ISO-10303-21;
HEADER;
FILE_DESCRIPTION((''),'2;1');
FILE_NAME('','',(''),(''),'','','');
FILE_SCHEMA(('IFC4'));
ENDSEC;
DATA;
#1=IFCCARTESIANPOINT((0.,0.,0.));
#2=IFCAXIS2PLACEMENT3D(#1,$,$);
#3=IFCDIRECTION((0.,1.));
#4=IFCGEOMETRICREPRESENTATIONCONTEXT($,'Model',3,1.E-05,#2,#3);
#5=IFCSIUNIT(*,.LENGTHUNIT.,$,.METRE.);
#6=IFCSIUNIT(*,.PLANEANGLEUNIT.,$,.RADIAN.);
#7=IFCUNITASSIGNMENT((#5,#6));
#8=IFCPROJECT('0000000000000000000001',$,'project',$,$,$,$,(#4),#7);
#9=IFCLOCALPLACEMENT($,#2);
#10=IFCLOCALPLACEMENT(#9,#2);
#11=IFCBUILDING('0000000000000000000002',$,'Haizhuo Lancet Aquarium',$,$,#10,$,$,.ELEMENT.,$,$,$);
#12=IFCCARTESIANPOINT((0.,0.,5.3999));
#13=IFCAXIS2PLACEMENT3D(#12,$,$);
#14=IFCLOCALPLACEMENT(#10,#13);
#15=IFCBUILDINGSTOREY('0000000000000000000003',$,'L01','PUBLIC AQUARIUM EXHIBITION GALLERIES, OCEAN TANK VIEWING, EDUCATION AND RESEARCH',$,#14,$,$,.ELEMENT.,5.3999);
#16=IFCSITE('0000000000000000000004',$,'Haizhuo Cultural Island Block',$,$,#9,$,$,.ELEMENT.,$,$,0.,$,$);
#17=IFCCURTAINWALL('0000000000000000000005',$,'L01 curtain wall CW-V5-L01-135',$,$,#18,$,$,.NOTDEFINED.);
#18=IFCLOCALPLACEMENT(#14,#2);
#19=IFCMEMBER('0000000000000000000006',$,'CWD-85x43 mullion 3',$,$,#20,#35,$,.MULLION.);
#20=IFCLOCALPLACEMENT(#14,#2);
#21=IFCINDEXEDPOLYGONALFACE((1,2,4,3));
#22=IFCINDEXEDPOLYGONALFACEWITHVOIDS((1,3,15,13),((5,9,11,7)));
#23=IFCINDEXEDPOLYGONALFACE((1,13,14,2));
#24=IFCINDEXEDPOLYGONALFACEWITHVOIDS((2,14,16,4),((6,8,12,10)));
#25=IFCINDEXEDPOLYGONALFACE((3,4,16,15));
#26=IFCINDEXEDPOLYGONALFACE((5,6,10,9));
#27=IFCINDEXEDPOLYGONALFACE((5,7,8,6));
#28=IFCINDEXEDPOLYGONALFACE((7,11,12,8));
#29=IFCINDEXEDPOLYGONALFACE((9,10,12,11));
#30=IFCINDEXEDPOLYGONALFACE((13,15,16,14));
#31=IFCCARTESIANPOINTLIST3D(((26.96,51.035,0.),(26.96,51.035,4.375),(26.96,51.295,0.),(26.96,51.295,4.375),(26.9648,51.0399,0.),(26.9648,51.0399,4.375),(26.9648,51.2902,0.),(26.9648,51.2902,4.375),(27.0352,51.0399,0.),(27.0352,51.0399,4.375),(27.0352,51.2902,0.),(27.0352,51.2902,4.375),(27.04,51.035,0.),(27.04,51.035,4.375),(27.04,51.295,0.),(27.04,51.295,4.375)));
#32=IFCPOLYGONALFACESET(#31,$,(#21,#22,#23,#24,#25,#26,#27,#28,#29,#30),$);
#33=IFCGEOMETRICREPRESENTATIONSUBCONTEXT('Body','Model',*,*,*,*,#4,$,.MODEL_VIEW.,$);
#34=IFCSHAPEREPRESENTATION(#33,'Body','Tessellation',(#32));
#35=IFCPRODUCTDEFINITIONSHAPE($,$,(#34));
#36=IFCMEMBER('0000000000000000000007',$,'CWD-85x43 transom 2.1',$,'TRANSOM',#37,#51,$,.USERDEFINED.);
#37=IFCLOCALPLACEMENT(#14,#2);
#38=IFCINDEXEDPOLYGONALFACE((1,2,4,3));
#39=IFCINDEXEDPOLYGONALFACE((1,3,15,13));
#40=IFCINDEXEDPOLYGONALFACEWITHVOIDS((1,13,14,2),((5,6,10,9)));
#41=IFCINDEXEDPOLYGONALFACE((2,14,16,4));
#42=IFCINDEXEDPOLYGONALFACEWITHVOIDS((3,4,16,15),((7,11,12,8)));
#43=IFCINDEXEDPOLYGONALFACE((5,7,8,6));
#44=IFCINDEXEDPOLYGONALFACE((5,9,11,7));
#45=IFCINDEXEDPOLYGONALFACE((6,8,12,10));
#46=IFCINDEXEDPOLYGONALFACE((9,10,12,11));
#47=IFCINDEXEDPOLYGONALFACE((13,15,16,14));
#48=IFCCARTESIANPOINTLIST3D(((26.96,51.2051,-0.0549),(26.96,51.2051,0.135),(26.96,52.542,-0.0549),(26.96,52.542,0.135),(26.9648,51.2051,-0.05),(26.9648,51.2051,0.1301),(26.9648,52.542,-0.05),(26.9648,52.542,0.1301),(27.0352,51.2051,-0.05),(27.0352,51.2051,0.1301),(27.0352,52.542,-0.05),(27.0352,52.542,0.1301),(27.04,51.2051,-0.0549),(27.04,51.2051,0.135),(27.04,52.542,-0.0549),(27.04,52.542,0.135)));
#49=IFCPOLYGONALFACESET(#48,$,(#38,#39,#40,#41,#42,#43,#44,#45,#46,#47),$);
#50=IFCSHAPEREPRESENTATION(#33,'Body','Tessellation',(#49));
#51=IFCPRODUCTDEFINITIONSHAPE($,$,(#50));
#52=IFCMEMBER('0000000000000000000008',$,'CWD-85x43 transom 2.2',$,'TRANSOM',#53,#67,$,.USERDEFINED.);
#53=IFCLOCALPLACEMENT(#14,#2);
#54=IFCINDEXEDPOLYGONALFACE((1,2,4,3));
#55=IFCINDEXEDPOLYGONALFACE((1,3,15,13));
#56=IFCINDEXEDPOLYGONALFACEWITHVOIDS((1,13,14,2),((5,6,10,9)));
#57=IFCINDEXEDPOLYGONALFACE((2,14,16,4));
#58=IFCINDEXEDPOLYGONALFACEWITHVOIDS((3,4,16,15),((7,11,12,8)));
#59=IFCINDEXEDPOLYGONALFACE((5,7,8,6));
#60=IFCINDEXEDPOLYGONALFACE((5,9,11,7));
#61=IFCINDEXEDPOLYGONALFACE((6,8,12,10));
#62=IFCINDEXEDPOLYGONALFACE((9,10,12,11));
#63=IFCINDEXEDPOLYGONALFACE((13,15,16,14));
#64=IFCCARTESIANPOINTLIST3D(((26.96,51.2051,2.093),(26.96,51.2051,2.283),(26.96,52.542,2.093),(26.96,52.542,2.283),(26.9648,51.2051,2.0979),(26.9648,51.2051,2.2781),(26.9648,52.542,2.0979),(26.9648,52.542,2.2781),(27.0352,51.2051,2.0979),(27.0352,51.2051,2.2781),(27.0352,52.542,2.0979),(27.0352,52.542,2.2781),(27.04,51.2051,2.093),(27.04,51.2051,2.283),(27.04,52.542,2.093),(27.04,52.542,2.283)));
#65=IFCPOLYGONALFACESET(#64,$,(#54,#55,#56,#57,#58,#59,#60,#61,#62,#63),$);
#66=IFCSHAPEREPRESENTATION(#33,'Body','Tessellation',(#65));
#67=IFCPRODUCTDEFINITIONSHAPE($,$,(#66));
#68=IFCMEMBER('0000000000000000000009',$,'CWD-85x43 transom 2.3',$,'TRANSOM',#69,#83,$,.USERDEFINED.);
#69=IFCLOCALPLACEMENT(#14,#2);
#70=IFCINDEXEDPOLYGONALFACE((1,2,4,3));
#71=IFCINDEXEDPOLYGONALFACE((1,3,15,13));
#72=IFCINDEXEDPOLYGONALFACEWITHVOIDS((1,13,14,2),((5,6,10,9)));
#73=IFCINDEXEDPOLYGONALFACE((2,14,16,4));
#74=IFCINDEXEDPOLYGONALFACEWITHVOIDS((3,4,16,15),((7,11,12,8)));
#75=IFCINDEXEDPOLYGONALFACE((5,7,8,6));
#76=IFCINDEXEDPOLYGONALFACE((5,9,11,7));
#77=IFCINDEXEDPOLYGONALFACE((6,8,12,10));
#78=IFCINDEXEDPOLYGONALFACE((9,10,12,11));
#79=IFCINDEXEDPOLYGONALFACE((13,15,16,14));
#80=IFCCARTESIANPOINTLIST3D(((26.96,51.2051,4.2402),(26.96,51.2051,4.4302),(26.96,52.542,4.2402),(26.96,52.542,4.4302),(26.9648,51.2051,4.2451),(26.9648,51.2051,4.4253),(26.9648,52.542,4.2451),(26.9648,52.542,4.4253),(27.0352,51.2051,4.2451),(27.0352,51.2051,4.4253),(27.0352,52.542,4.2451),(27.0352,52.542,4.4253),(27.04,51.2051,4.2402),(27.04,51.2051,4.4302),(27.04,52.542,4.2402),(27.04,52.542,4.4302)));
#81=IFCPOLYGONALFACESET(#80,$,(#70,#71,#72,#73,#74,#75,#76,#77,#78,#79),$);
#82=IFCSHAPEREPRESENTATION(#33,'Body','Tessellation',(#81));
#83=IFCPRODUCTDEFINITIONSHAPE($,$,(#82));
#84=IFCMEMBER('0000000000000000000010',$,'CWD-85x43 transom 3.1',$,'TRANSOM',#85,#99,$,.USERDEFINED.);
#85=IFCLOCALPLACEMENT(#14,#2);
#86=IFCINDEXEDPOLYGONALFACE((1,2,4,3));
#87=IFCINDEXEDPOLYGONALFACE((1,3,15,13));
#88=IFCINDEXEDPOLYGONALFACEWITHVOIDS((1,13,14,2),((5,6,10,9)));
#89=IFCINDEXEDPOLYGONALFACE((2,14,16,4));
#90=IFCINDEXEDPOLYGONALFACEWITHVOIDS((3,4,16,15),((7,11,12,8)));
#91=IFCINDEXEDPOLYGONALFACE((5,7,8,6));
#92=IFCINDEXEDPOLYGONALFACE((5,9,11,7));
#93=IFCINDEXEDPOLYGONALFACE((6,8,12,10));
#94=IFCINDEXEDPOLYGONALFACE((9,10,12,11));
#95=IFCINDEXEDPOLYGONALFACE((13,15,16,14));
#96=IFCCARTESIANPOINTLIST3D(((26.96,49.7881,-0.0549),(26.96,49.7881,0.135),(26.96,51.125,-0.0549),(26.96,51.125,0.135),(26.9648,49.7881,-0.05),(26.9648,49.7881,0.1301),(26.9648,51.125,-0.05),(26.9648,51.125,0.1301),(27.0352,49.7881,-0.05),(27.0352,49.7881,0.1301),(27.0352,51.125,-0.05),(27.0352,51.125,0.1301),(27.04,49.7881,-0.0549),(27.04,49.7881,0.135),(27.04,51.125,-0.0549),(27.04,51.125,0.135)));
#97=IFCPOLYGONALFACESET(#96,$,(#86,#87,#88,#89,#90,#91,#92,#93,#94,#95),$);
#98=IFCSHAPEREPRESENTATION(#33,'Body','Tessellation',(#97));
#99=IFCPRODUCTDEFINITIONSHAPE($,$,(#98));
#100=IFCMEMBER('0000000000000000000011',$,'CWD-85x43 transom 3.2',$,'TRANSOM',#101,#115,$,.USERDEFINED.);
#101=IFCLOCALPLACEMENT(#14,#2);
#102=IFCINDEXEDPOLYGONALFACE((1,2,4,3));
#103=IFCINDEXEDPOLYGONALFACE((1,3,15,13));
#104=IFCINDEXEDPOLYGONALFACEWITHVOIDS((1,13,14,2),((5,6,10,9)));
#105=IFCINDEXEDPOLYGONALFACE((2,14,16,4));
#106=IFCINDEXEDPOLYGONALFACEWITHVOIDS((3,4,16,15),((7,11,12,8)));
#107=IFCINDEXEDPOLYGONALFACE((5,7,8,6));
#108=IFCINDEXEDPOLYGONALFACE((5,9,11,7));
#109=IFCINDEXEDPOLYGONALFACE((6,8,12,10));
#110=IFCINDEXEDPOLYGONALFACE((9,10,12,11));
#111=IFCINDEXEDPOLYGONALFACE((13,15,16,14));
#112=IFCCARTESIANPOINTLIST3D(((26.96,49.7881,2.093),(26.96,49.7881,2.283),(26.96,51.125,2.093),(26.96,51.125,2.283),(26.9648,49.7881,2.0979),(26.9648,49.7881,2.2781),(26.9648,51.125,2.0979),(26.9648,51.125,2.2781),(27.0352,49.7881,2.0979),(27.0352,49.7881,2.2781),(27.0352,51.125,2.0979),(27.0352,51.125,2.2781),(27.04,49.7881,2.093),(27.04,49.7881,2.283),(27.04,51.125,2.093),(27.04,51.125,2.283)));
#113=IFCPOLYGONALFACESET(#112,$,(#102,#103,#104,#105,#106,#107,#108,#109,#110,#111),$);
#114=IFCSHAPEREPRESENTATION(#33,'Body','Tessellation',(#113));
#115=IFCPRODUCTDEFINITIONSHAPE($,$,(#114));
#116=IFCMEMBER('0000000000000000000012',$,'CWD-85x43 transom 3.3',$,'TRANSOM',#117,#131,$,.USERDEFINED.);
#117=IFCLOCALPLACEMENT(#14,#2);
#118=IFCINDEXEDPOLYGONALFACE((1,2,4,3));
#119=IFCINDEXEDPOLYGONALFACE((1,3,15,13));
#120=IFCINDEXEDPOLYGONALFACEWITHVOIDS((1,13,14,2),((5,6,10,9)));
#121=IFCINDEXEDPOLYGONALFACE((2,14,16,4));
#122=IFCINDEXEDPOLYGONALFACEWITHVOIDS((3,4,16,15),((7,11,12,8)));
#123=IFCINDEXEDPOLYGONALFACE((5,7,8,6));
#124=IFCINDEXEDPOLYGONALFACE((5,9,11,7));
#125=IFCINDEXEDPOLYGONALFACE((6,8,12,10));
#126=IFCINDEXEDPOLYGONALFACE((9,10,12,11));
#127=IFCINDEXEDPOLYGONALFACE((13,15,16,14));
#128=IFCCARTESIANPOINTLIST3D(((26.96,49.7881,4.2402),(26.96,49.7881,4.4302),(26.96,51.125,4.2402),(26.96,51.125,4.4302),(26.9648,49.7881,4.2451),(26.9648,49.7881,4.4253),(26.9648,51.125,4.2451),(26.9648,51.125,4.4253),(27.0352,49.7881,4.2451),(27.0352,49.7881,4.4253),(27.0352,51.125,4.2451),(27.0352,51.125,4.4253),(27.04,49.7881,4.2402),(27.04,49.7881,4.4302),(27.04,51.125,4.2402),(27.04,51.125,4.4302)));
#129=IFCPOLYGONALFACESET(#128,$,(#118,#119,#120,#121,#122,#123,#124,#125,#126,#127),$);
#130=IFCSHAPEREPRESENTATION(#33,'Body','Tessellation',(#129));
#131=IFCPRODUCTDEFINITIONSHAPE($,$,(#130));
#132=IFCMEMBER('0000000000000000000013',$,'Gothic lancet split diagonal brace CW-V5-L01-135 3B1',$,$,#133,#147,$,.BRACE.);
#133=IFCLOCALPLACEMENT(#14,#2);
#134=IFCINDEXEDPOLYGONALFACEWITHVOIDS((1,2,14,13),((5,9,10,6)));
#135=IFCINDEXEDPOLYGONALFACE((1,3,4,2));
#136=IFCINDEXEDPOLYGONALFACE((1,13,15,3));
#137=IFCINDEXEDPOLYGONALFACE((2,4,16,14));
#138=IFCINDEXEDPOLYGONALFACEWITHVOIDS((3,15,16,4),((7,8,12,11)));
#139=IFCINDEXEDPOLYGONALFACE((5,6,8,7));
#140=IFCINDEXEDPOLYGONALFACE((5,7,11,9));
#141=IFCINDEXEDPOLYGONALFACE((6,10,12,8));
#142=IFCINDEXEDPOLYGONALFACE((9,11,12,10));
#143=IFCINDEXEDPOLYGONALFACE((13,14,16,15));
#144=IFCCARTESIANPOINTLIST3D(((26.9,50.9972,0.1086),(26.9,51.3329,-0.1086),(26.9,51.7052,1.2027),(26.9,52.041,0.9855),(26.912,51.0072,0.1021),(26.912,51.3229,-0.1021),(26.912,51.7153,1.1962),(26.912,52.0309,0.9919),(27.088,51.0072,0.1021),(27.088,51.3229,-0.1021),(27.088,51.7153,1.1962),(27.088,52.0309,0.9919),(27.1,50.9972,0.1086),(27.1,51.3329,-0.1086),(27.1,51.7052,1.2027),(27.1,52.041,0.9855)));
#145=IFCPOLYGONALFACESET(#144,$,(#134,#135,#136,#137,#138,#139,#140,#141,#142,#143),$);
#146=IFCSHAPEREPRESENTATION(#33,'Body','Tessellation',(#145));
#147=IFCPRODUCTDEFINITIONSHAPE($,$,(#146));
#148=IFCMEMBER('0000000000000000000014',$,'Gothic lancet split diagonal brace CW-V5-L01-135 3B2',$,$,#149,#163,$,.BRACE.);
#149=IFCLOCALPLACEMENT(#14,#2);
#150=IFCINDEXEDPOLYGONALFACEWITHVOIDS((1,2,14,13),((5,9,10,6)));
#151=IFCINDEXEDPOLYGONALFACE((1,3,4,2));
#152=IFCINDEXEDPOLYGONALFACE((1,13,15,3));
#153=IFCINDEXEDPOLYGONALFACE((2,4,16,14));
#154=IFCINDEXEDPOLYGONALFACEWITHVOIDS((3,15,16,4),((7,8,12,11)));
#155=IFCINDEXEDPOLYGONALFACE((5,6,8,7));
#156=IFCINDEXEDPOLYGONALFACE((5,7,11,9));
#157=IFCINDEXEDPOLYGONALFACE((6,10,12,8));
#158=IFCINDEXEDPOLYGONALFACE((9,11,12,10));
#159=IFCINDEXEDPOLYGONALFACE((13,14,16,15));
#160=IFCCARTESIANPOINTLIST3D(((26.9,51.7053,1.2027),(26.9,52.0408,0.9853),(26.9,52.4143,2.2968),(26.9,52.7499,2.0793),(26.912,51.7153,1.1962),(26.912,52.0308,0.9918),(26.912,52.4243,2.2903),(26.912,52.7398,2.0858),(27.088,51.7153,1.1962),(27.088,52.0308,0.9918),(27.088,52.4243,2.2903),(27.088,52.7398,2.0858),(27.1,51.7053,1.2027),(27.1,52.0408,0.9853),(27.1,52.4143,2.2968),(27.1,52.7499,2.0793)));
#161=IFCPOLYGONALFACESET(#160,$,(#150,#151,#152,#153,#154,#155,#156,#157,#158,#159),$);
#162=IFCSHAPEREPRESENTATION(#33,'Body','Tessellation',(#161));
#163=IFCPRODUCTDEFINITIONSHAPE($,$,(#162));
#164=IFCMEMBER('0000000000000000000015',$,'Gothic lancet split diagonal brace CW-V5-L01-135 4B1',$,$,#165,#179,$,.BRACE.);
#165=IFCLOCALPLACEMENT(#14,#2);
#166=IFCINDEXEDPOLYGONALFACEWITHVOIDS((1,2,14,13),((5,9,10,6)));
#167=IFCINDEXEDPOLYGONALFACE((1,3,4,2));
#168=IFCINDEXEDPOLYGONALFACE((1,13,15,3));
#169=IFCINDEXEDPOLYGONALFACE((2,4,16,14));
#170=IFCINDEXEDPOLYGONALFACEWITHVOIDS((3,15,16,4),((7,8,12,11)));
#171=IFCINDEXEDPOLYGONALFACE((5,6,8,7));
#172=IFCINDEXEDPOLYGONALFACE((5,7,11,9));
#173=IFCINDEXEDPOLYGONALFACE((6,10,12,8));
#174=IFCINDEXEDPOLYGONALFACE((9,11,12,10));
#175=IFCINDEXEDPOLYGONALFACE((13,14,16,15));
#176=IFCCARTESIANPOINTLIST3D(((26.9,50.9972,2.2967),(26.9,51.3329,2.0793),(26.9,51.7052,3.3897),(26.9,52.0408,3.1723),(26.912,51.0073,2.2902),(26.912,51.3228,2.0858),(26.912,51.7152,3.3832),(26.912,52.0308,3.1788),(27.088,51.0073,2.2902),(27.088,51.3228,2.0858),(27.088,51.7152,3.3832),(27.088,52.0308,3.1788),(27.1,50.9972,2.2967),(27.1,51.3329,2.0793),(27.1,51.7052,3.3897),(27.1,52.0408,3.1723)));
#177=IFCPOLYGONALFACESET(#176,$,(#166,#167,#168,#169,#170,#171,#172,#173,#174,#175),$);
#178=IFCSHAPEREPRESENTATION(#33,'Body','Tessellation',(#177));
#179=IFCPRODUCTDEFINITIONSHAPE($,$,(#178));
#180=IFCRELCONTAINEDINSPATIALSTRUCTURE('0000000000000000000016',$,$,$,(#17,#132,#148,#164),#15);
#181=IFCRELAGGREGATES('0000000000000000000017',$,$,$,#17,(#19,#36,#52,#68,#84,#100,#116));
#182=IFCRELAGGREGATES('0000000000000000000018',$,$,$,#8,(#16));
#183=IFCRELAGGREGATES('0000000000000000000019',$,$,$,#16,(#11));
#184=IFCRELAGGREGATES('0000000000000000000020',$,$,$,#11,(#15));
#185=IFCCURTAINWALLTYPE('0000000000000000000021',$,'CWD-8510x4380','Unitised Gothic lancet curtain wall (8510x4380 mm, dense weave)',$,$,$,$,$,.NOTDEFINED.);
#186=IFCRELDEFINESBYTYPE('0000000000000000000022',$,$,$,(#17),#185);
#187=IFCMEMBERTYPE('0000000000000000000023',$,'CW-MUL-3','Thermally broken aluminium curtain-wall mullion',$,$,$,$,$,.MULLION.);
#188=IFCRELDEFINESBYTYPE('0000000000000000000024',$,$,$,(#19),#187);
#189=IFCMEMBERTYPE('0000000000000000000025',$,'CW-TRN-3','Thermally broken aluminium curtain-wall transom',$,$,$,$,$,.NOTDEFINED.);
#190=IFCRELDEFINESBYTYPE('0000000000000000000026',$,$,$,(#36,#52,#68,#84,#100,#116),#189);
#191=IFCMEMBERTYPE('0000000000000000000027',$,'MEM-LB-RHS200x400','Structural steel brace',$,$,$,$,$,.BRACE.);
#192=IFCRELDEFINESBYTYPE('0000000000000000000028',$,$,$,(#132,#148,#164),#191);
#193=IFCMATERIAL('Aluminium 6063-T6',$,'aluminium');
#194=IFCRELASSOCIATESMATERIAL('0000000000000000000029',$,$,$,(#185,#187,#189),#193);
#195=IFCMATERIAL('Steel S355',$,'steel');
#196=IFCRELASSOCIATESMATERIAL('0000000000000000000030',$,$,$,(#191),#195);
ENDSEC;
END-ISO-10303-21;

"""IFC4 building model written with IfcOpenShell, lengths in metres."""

from ifc_helpers import new_model, si_unit, direction, frame, origin, origin_2d, place, context, subcontext, project, spatial, hollow_rectangle, extrude, material, material_profile, profile_set, type_object, element, aggregate, save


model = new_model("IFC4")

# Units and contexts
model_context = context("Model", 3, precision=1e-05, world=origin(), true_north=direction((0.0, 1.0)))
body_context = subcontext(model_context, "Body", "Model", "MODEL_VIEW")
ifc_project = project(units=[si_unit("LENGTHUNIT", "METRE"), si_unit("PLANEANGLEUNIT", "RADIAN")], contexts=[model_context])

# Site, building, storey
site_placement = place(None, origin())
site = spatial("IfcSite", under=ifc_project, at=site_placement, Name="Haizhuo Cultural Island Block", CompositionType="ELEMENT", RefElevation=0.0)
building_placement = place(site_placement, origin())
building = spatial("IfcBuilding", under=site, at=building_placement, Name="Haizhuo Lancet Aquarium", CompositionType="ELEMENT")
storey_placement = place(building_placement, frame((0.0, 0.0, 5.3999)))
storey = spatial("IfcBuildingStorey", under=building, at=storey_placement, Name="L01", Description="PUBLIC AQUARIUM EXHIBITION GALLERIES, OCEAN TANK VIEWING, EDUCATION AND RESEARCH", CompositionType="ELEMENT", Elevation=5.3999)

# Curtain wall, members
ifc_material_1 = material(Name="Aluminium 6063-T6", Category="aluminium")
curtain_wall_type = type_object("IfcCurtainWallType", Name="CWD-8510x4380", Description="Unitised Gothic lancet curtain wall (8510x4380 mm, dense weave)", PredefinedType="NOTDEFINED", material=ifc_material_1)
curtain_wall_placement = place(storey_placement, origin())
curtain_wall = element("IfcCurtainWall", 1, at=curtain_wall_placement, inside=storey, type_object=curtain_wall_type, Name="L01 curtain wall CW-V5-L01-135", PredefinedType="NOTDEFINED")
ifc_material_profile_1 = material_profile(ifc_material_1, hollow_rectangle(XDim=0.0801, YDim=0.26, WallThickness=0.0049, at=origin_2d()), Name="ALU-M 80x260x5")
ifc_profile_set_1 = profile_set([ifc_material_profile_1], Name="Aluminium 6063-T6")
member_type_1 = type_object("IfcMemberType", Name="CW-MUL-3", Description="Thermally broken aluminium curtain-wall mullion", PredefinedType="MULLION", material=ifc_profile_set_1)
member_1_placement = place(storey_placement, frame((27.0, 51.165, 0.0), z_axis=(0.0, 0.0, 1.0), x_axis=(1.0, 0.0, 0.0)))
member_1 = element("IfcMember", 2, at=member_1_placement, type_object=member_type_1, Name="CWD-85x43 mullion 3", PredefinedType="MULLION", context=body_context, shape_type="SweptSolid", body=[
    extrude(hollow_rectangle(XDim=0.0801, YDim=0.26, WallThickness=0.0049, at=origin_2d()), origin(), (0.0, 0.0, 1.0), 4.375),
])
ifc_material_profile_2 = material_profile(ifc_material_1, hollow_rectangle(XDim=0.0801, YDim=0.1899, WallThickness=0.0049, at=origin_2d()), Name="ALU-T 80x190x5")
ifc_profile_set_2 = profile_set([ifc_material_profile_2], Name="Aluminium 6063-T6")
member_type_2 = type_object("IfcMemberType", Name="CW-TRN-3", Description="Thermally broken aluminium curtain-wall transom", PredefinedType="NOTDEFINED", material=ifc_profile_set_2)
member_2_placement = place(storey_placement, frame((27.0, 52.542, 0.04), z_axis=(0.0, -1.0, 0.0), x_axis=(1.0, 0.0, 0.0)))
member_2 = element("IfcMember", 3, at=member_2_placement, type_object=member_type_2, Name="CWD-85x43 transom 2.1", ObjectType="TRANSOM", PredefinedType="USERDEFINED", context=body_context, shape_type="SweptSolid", body=[
    extrude(hollow_rectangle(XDim=0.0801, YDim=0.1899, WallThickness=0.0049, at=origin_2d()), origin(), (0.0, 0.0, 1.0), 1.3369),
])
member_3_placement = place(storey_placement, frame((27.0, 52.542, 2.188), z_axis=(0.0, -1.0, 0.0), x_axis=(1.0, 0.0, 0.0)))
member_3 = element("IfcMember", 4, at=member_3_placement, type_object=member_type_2, Name="CWD-85x43 transom 2.2", ObjectType="TRANSOM", PredefinedType="USERDEFINED", context=body_context, shape_type="SweptSolid", body=[
    extrude(hollow_rectangle(XDim=0.0801, YDim=0.1899, WallThickness=0.0049, at=origin_2d()), origin(), (0.0, 0.0, 1.0), 1.3369),
])
member_4_placement = place(storey_placement, frame((27.0, 52.542, 4.3352), z_axis=(0.0, -1.0, 0.0), x_axis=(1.0, 0.0, 0.0)))
member_4 = element("IfcMember", 5, at=member_4_placement, type_object=member_type_2, Name="CWD-85x43 transom 2.3", ObjectType="TRANSOM", PredefinedType="USERDEFINED", context=body_context, shape_type="SweptSolid", body=[
    extrude(hollow_rectangle(XDim=0.0801, YDim=0.1899, WallThickness=0.0049, at=origin_2d()), origin(), (0.0, 0.0, 1.0), 1.3369),
])
member_5_placement = place(storey_placement, frame((27.0, 51.125, 0.04), z_axis=(0.0, -1.0, 0.0), x_axis=(1.0, 0.0, 0.0)))
member_5 = element("IfcMember", 6, at=member_5_placement, type_object=member_type_2, Name="CWD-85x43 transom 3.1", ObjectType="TRANSOM", PredefinedType="USERDEFINED", context=body_context, shape_type="SweptSolid", body=[
    extrude(hollow_rectangle(XDim=0.0801, YDim=0.1899, WallThickness=0.0049, at=origin_2d()), origin(), (0.0, 0.0, 1.0), 1.3369),
])
member_6_placement = place(storey_placement, frame((27.0, 51.125, 2.188), z_axis=(0.0, -1.0, 0.0), x_axis=(1.0, 0.0, 0.0)))
member_6 = element("IfcMember", 7, at=member_6_placement, type_object=member_type_2, Name="CWD-85x43 transom 3.2", ObjectType="TRANSOM", PredefinedType="USERDEFINED", context=body_context, shape_type="SweptSolid", body=[
    extrude(hollow_rectangle(XDim=0.0801, YDim=0.1899, WallThickness=0.0049, at=origin_2d()), origin(), (0.0, 0.0, 1.0), 1.3369),
])
member_7_placement = place(storey_placement, frame((27.0, 51.125, 4.3352), z_axis=(0.0, -1.0, 0.0), x_axis=(1.0, 0.0, 0.0)))
member_7 = element("IfcMember", 8, at=member_7_placement, type_object=member_type_2, Name="CWD-85x43 transom 3.3", ObjectType="TRANSOM", PredefinedType="USERDEFINED", context=body_context, shape_type="SweptSolid", body=[
    extrude(hollow_rectangle(XDim=0.0801, YDim=0.1899, WallThickness=0.0049, at=origin_2d()), origin(), (0.0, 0.0, 1.0), 1.3369),
])

# Members
ifc_material_2 = material(Name="Steel S355", Category="steel")
ifc_material_profile_3 = material_profile(ifc_material_2, hollow_rectangle(XDim=0.2, YDim=0.3999, WallThickness=0.012, at=origin_2d()), Name="RHS 200x400x12")
ifc_profile_set_3 = profile_set([ifc_material_profile_3], Name="Steel S355")
member_type_3 = type_object("IfcMemberType", Name="MEM-LB-RHS200x400", Description="Structural steel brace", PredefinedType="BRACE", material=ifc_profile_set_3)
member_8_placement = place(storey_placement, frame((27.0, 51.165, 0.0), z_axis=(0.0, 0.543321, 0.839525), x_axis=(-1.0, 0.0, 0.0)))
element("IfcMember", 9, at=member_8_placement, inside=storey, type_object=member_type_3, Name="Gothic lancet split diagonal brace CW-V5-L01-135 3B1", PredefinedType="BRACE", context=body_context, shape_type="SweptSolid", body=[
    extrude(hollow_rectangle(XDim=0.2, YDim=0.3999, WallThickness=0.012, at=origin_2d()), origin(), (0.0, 0.0, 1.0), 1.3032),
])
member_9_placement = place(storey_placement, frame((27.0, 51.873, 1.094), z_axis=(0.0, 0.543849, 0.839183), x_axis=(-1.0, 0.0, 0.0)))
element("IfcMember", 10, at=member_9_placement, inside=storey, type_object=member_type_3, Name="Gothic lancet split diagonal brace CW-V5-L01-135 3B2", PredefinedType="BRACE", context=body_context, shape_type="SweptSolid", body=[
    extrude(hollow_rectangle(XDim=0.2, YDim=0.3999, WallThickness=0.012, at=origin_2d()), origin(), (0.0, 0.0, 1.0), 1.3037),
])
member_10_placement = place(storey_placement, frame((27.0, 51.165, 2.188), z_axis=(0.0, 0.543663, 0.839303), x_axis=(-1.0, 0.0, 0.0)))
element("IfcMember", 11, at=member_10_placement, inside=storey, type_object=member_type_3, Name="Gothic lancet split diagonal brace CW-V5-L01-135 4B1", PredefinedType="BRACE", context=body_context, shape_type="SweptSolid", body=[
    extrude(hollow_rectangle(XDim=0.2, YDim=0.3999, WallThickness=0.012, at=origin_2d()), origin(), (0.0, 0.0, 1.0), 1.3022),
])

aggregate(curtain_wall, [member_1, member_2, member_3, member_4, member_5, member_6, member_7])

save(model, "model.ifc")
